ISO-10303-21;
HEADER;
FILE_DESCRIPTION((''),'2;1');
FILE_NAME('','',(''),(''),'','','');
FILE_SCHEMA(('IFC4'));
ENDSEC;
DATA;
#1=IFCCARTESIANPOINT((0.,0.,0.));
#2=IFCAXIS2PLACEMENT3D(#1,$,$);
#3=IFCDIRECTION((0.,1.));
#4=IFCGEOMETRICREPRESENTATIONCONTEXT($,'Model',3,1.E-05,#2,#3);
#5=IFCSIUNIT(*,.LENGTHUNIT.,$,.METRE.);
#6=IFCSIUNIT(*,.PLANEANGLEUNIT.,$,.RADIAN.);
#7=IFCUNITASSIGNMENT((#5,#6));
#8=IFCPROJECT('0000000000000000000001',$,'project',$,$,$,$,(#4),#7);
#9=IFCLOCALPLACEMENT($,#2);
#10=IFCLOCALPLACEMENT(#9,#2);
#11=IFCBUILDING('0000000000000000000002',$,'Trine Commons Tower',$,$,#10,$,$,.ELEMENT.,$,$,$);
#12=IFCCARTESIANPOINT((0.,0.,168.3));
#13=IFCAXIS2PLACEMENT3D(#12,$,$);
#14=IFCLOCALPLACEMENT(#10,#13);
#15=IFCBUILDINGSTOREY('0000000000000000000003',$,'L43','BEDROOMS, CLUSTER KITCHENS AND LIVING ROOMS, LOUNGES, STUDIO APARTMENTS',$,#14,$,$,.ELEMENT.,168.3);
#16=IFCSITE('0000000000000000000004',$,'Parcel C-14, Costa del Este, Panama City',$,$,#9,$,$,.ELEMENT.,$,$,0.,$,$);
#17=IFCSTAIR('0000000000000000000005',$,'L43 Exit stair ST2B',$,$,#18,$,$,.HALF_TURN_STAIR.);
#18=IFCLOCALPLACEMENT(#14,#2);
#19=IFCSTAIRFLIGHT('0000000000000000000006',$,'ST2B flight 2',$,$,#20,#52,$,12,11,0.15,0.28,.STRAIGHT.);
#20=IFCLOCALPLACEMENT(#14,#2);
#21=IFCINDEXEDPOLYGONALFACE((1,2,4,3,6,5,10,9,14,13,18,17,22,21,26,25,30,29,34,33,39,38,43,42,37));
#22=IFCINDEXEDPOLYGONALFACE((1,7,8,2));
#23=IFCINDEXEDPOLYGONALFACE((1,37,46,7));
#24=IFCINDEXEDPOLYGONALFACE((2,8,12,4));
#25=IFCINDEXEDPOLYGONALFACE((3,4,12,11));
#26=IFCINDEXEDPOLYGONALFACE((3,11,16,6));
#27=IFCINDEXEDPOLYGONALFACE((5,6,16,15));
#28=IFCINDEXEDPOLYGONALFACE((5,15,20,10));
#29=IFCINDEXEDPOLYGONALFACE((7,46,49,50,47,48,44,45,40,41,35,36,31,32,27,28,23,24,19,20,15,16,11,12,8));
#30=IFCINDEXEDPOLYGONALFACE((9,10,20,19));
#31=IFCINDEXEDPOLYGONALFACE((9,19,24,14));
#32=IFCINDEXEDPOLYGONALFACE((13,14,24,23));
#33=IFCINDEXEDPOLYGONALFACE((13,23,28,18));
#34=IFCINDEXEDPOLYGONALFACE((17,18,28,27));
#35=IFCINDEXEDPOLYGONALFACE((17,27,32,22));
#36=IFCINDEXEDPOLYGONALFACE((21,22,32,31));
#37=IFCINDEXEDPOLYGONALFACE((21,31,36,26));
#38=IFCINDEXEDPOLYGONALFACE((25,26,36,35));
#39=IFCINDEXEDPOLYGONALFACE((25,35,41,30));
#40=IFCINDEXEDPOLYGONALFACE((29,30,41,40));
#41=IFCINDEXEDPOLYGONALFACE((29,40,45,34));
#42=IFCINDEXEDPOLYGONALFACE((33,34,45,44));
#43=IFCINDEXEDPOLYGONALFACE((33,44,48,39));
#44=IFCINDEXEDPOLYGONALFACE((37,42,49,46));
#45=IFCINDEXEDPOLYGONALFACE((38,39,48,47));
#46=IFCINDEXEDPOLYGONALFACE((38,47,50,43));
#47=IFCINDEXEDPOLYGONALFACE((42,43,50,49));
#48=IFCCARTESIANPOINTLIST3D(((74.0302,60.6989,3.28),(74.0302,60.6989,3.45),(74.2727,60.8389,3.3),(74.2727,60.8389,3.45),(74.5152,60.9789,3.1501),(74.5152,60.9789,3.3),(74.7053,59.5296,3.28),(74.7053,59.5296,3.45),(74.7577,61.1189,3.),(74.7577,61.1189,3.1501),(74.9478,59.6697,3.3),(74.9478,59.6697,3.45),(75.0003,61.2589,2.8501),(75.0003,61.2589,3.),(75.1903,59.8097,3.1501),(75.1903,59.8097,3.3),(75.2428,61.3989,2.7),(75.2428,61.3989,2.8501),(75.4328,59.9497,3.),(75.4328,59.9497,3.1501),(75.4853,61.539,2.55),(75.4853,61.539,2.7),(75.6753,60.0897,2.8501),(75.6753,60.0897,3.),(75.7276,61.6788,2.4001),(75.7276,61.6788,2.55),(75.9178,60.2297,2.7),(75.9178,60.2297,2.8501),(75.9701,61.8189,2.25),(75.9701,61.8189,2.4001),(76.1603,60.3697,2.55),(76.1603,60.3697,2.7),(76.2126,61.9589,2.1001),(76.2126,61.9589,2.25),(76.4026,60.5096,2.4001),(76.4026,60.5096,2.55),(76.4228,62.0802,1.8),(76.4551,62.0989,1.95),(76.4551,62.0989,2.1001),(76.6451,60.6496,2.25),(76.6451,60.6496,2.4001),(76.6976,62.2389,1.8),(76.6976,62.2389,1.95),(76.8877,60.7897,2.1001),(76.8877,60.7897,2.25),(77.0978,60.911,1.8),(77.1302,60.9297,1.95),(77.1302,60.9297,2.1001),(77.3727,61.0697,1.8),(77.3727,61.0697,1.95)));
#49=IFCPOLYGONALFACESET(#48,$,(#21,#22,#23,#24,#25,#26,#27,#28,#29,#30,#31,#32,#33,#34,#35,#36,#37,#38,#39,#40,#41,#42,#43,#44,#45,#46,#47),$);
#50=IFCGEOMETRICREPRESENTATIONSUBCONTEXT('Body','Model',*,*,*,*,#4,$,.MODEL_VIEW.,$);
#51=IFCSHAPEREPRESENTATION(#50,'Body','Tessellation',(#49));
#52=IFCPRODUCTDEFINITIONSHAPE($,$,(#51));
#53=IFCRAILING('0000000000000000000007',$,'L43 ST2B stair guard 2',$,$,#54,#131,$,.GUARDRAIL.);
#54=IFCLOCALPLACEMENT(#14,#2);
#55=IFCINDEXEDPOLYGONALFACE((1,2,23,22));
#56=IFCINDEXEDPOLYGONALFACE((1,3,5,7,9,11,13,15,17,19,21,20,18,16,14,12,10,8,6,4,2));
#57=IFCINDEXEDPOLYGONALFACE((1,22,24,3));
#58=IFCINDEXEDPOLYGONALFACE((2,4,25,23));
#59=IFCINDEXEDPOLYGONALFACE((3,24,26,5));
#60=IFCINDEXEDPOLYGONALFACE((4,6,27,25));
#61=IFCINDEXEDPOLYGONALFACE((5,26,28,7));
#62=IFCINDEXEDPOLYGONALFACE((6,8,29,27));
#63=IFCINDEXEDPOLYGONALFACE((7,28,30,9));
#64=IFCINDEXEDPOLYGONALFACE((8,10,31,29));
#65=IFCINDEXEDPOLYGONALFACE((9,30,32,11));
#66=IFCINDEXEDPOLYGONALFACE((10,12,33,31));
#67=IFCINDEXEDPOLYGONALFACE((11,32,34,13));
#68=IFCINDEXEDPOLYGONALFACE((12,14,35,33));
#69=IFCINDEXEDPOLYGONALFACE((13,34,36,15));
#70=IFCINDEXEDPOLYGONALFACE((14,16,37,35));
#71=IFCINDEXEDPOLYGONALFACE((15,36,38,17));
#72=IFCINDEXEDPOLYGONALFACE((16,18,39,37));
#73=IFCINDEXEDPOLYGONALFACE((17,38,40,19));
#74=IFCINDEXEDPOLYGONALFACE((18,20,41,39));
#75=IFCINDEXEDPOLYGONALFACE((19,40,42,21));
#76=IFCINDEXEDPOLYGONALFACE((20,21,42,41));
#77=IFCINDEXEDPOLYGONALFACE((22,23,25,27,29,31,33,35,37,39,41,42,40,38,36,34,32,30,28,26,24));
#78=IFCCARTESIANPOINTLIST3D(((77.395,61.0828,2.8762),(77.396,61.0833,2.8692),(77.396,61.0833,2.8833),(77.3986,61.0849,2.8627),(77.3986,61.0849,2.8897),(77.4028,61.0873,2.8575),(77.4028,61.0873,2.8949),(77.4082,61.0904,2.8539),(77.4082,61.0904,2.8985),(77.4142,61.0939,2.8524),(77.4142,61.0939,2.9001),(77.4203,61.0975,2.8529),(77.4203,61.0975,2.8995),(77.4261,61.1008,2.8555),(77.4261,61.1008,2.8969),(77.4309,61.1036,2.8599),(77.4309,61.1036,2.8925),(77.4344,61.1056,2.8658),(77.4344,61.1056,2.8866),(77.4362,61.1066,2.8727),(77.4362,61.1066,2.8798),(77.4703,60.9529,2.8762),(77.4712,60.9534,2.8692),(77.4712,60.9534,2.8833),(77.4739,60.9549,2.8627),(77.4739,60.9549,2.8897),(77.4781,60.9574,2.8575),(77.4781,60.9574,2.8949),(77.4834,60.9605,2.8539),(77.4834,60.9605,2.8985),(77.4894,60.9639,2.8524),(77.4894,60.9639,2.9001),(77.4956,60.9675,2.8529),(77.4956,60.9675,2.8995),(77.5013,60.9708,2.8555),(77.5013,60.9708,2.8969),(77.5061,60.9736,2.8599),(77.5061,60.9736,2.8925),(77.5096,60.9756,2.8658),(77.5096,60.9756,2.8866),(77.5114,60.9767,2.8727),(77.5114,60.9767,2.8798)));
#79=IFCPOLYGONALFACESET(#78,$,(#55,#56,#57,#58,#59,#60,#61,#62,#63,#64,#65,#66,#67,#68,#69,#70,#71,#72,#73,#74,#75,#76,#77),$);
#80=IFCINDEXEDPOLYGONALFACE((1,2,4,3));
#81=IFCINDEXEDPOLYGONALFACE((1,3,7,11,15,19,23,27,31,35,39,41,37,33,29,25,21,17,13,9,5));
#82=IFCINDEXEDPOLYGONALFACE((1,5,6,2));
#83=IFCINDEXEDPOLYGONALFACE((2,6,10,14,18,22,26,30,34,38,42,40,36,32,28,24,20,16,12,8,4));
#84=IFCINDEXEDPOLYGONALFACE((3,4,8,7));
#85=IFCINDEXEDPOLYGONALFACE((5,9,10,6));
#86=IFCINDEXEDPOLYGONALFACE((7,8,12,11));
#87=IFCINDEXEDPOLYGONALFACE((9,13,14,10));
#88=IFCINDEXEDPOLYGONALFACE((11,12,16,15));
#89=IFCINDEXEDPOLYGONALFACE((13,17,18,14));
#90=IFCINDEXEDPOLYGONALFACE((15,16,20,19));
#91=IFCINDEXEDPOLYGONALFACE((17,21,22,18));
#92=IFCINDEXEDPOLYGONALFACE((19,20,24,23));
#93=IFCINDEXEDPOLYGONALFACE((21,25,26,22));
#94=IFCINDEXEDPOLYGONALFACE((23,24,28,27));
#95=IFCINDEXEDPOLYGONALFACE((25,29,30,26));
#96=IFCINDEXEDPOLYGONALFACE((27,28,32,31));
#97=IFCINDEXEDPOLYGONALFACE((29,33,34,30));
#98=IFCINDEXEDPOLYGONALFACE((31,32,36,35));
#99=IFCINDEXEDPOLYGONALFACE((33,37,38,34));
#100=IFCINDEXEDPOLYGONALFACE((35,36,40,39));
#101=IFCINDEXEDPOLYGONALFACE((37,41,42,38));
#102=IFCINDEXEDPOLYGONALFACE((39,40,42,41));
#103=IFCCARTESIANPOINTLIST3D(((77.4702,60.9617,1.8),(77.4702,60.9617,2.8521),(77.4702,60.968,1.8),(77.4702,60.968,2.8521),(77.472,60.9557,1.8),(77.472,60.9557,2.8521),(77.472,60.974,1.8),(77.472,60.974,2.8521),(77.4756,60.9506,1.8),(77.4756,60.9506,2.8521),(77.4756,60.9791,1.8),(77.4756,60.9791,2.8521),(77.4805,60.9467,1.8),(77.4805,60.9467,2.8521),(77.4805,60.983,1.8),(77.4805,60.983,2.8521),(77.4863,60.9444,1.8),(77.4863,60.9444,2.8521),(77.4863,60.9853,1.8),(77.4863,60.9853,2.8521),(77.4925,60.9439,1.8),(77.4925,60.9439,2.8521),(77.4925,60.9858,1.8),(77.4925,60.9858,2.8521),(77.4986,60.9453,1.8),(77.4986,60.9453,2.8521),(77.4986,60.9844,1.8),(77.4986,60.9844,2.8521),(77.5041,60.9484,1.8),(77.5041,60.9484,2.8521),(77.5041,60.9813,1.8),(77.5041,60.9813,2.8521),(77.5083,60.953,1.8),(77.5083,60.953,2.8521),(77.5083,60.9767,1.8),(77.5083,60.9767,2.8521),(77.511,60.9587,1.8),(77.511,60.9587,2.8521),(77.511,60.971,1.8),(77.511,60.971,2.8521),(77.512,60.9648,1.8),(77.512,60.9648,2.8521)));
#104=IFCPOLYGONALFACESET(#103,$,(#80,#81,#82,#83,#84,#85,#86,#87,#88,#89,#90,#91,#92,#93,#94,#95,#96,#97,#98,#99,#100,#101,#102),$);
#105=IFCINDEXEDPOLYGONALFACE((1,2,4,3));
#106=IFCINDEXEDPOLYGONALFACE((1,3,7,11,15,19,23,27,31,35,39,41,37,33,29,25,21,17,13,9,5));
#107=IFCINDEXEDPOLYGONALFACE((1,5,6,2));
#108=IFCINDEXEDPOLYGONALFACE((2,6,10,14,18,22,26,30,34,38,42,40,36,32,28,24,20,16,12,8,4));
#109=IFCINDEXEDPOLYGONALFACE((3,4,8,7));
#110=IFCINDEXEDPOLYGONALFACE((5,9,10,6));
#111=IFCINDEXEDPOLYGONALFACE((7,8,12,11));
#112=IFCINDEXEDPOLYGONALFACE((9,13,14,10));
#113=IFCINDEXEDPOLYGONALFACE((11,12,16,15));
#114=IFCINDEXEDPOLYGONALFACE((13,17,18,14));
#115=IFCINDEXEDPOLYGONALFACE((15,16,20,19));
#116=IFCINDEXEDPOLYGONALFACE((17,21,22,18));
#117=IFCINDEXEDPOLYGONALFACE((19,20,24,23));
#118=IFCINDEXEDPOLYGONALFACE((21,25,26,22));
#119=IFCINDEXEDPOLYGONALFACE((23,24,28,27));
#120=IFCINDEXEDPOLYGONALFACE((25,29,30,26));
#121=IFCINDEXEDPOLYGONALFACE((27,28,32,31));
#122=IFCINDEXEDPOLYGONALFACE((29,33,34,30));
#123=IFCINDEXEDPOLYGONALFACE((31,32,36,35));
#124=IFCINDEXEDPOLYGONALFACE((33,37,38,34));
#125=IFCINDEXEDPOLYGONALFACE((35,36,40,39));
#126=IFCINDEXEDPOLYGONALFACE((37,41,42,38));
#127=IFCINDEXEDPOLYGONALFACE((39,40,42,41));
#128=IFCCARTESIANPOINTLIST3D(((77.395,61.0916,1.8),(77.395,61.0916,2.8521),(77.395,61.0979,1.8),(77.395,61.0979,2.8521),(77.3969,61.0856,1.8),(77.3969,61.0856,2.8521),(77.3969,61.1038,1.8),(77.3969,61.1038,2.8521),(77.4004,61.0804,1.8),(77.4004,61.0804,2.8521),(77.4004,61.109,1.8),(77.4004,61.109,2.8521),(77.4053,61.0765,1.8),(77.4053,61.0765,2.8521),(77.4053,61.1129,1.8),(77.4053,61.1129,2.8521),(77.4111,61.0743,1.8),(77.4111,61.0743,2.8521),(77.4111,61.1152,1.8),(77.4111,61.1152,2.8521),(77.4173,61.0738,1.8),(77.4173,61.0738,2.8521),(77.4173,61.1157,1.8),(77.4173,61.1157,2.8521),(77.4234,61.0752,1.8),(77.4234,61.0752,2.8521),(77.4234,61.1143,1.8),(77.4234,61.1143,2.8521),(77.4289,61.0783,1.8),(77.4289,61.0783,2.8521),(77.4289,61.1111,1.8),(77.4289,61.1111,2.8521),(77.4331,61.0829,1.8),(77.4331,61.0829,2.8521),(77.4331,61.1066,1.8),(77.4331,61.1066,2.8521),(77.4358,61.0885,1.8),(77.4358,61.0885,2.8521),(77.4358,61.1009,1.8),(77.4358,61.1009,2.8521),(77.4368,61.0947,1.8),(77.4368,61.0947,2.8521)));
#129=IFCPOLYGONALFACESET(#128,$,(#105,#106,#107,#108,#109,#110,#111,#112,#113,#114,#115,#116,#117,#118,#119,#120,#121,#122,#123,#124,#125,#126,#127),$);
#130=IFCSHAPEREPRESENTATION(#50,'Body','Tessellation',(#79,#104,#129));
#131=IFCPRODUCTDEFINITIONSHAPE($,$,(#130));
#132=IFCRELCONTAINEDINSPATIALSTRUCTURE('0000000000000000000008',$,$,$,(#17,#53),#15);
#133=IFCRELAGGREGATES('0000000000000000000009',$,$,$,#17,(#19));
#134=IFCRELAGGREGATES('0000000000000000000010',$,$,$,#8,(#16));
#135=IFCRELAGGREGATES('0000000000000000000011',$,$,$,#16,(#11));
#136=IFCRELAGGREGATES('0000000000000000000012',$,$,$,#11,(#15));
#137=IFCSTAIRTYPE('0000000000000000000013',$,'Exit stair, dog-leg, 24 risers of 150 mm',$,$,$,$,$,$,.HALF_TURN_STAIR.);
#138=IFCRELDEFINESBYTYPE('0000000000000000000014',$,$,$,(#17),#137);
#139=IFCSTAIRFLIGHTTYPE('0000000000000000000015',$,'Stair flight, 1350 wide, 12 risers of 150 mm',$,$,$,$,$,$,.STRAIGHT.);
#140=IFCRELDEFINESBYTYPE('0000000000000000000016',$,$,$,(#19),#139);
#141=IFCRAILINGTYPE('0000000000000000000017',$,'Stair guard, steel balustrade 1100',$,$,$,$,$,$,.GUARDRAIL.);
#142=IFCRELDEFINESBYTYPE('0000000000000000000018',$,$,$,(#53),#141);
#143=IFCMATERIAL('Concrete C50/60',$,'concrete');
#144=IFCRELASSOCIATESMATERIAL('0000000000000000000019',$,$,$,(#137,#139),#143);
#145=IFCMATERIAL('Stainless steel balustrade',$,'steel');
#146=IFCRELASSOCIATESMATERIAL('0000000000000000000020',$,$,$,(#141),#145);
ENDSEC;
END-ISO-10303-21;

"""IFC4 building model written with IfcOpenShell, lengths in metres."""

from ifc_helpers import new_model, si_unit, direction, frame, origin, origin_2d, place, context, subcontext, project, spatial, polyline, circle, outline, extrude, material, type_object, element, aggregate, save


model = new_model("IFC4")

# Units and contexts
model_context = context("Model", 3, precision=1e-05, world=origin(), true_north=direction((0.0, 1.0)))
body_context = subcontext(model_context, "Body", "Model", "MODEL_VIEW")
ifc_project = project(units=[si_unit("LENGTHUNIT", "METRE"), si_unit("PLANEANGLEUNIT", "RADIAN")], contexts=[model_context])

# Site, building, storey
site_placement = place(None, origin())
site = spatial("IfcSite", under=ifc_project, at=site_placement, Name="Parcel C-14, Costa del Este, Panama City", CompositionType="ELEMENT", RefElevation=0.0)
building_placement = place(site_placement, origin())
building = spatial("IfcBuilding", under=site, at=building_placement, Name="Trine Commons Tower", CompositionType="ELEMENT")
storey_placement = place(building_placement, frame((0.0, 0.0, 168.3)))
storey = spatial("IfcBuildingStorey", under=building, at=storey_placement, Name="L43", Description="BEDROOMS, CLUSTER KITCHENS AND LIVING ROOMS, LOUNGES, STUDIO APARTMENTS", CompositionType="ELEMENT", Elevation=168.3)

# Stair, stair flight
ifc_material_1 = material(Name="Concrete C50/60", Category="concrete")
stair_type = type_object("IfcStairType", Name="Exit stair, dog-leg, 24 risers of 150 mm", PredefinedType="HALF_TURN_STAIR", material=ifc_material_1)
stair_placement = place(storey_placement, origin())
stair = element("IfcStair", 1, at=stair_placement, inside=storey, type_object=stair_type, Name="L43 Exit stair ST2B", PredefinedType="HALF_TURN_STAIR")
stair_flight_type = type_object("IfcStairFlightType", Name="Stair flight, 1350 wide, 12 risers of 150 mm", PredefinedType="STRAIGHT", material=ifc_material_1)
stair_flight_placement = place(storey_placement, frame((77.0352, 61.6543, 1.8), z_axis=(0.0, 0.0, 1.0), x_axis=(-0.866025, -0.5, 0.0)))
stair_flight = element("IfcStairFlight", 2, at=stair_flight_placement, type_object=stair_flight_type, Name="ST2B flight 2", NumberOfRisers=12, NumberOfTreads=11, PredefinedType="STRAIGHT", RiserHeight=0.15, TreadLength=0.28, context=body_context, shape_type="SweptSolid", body=[
    extrude(outline(polyline([(0.0, 0.0), (0.0, 0.1499), (0.28, 0.1499), (0.28, 0.3), (0.5601, 0.3), (0.5601, 0.45), (0.8401, 0.45), (0.8401, 0.6001), (1.1201, 0.6001), (1.1201, 0.75), (1.3999, 0.75), (1.3999, 0.8999), (1.6799, 0.8999), (1.6799, 1.05), (1.96, 1.05), (1.96, 1.2), (2.24, 1.2), (2.24, 1.3501), (2.52, 1.3501), (2.52, 1.5), (2.8, 1.5), (2.8, 1.6499), (3.0801, 1.6499), (3.0801, 1.8), (3.0801, 1.48), (0.3174, 0.0), (0.0, 0.0)])), frame((0.0, 0.675, 0.0), z_axis=(0.0, -1.0, 0.0), x_axis=(1.0, 0.0, 0.0)), (0.0, 0.0, 1.0), 1.3501),
])
aggregate(stair, [stair_flight])

# Railing
ifc_material_2 = material(Name="Stainless steel balustrade", Category="steel")
railing_type_1 = type_object("IfcRailingType", Name="Stair guard, steel balustrade 1100", PredefinedType="GUARDRAIL", material=ifc_material_2)
railing_1_placement = place(storey_placement, frame((77.491, 60.9648, 1.8)))
element("IfcRailing", 3, at=railing_1_placement, inside=storey, type_object=railing_type_1, Name="L43 ST2B stair guard 2", PredefinedType="GUARDRAIL", context=body_context, shape_type="SweptSolid", body=[
    extrude(circle(Radius=0.0239, at=origin_2d()), frame((0.0, 0.0, 1.0762), z_axis=(-0.501036, 0.865426, 0.0), x_axis=(-0.865426, -0.501036, 0.0)), (0.0, 0.0, 1.0), 0.1501),
    extrude(circle(Radius=0.021, at=origin_2d()), origin(), (0.0, 0.0, 1.0), 1.052),
    extrude(circle(Radius=0.021, at=origin_2d()), frame((-0.0752, 0.1299, 0.0)), (0.0, 0.0, 1.0), 1.052),
])

save(model, "model.ifc")
